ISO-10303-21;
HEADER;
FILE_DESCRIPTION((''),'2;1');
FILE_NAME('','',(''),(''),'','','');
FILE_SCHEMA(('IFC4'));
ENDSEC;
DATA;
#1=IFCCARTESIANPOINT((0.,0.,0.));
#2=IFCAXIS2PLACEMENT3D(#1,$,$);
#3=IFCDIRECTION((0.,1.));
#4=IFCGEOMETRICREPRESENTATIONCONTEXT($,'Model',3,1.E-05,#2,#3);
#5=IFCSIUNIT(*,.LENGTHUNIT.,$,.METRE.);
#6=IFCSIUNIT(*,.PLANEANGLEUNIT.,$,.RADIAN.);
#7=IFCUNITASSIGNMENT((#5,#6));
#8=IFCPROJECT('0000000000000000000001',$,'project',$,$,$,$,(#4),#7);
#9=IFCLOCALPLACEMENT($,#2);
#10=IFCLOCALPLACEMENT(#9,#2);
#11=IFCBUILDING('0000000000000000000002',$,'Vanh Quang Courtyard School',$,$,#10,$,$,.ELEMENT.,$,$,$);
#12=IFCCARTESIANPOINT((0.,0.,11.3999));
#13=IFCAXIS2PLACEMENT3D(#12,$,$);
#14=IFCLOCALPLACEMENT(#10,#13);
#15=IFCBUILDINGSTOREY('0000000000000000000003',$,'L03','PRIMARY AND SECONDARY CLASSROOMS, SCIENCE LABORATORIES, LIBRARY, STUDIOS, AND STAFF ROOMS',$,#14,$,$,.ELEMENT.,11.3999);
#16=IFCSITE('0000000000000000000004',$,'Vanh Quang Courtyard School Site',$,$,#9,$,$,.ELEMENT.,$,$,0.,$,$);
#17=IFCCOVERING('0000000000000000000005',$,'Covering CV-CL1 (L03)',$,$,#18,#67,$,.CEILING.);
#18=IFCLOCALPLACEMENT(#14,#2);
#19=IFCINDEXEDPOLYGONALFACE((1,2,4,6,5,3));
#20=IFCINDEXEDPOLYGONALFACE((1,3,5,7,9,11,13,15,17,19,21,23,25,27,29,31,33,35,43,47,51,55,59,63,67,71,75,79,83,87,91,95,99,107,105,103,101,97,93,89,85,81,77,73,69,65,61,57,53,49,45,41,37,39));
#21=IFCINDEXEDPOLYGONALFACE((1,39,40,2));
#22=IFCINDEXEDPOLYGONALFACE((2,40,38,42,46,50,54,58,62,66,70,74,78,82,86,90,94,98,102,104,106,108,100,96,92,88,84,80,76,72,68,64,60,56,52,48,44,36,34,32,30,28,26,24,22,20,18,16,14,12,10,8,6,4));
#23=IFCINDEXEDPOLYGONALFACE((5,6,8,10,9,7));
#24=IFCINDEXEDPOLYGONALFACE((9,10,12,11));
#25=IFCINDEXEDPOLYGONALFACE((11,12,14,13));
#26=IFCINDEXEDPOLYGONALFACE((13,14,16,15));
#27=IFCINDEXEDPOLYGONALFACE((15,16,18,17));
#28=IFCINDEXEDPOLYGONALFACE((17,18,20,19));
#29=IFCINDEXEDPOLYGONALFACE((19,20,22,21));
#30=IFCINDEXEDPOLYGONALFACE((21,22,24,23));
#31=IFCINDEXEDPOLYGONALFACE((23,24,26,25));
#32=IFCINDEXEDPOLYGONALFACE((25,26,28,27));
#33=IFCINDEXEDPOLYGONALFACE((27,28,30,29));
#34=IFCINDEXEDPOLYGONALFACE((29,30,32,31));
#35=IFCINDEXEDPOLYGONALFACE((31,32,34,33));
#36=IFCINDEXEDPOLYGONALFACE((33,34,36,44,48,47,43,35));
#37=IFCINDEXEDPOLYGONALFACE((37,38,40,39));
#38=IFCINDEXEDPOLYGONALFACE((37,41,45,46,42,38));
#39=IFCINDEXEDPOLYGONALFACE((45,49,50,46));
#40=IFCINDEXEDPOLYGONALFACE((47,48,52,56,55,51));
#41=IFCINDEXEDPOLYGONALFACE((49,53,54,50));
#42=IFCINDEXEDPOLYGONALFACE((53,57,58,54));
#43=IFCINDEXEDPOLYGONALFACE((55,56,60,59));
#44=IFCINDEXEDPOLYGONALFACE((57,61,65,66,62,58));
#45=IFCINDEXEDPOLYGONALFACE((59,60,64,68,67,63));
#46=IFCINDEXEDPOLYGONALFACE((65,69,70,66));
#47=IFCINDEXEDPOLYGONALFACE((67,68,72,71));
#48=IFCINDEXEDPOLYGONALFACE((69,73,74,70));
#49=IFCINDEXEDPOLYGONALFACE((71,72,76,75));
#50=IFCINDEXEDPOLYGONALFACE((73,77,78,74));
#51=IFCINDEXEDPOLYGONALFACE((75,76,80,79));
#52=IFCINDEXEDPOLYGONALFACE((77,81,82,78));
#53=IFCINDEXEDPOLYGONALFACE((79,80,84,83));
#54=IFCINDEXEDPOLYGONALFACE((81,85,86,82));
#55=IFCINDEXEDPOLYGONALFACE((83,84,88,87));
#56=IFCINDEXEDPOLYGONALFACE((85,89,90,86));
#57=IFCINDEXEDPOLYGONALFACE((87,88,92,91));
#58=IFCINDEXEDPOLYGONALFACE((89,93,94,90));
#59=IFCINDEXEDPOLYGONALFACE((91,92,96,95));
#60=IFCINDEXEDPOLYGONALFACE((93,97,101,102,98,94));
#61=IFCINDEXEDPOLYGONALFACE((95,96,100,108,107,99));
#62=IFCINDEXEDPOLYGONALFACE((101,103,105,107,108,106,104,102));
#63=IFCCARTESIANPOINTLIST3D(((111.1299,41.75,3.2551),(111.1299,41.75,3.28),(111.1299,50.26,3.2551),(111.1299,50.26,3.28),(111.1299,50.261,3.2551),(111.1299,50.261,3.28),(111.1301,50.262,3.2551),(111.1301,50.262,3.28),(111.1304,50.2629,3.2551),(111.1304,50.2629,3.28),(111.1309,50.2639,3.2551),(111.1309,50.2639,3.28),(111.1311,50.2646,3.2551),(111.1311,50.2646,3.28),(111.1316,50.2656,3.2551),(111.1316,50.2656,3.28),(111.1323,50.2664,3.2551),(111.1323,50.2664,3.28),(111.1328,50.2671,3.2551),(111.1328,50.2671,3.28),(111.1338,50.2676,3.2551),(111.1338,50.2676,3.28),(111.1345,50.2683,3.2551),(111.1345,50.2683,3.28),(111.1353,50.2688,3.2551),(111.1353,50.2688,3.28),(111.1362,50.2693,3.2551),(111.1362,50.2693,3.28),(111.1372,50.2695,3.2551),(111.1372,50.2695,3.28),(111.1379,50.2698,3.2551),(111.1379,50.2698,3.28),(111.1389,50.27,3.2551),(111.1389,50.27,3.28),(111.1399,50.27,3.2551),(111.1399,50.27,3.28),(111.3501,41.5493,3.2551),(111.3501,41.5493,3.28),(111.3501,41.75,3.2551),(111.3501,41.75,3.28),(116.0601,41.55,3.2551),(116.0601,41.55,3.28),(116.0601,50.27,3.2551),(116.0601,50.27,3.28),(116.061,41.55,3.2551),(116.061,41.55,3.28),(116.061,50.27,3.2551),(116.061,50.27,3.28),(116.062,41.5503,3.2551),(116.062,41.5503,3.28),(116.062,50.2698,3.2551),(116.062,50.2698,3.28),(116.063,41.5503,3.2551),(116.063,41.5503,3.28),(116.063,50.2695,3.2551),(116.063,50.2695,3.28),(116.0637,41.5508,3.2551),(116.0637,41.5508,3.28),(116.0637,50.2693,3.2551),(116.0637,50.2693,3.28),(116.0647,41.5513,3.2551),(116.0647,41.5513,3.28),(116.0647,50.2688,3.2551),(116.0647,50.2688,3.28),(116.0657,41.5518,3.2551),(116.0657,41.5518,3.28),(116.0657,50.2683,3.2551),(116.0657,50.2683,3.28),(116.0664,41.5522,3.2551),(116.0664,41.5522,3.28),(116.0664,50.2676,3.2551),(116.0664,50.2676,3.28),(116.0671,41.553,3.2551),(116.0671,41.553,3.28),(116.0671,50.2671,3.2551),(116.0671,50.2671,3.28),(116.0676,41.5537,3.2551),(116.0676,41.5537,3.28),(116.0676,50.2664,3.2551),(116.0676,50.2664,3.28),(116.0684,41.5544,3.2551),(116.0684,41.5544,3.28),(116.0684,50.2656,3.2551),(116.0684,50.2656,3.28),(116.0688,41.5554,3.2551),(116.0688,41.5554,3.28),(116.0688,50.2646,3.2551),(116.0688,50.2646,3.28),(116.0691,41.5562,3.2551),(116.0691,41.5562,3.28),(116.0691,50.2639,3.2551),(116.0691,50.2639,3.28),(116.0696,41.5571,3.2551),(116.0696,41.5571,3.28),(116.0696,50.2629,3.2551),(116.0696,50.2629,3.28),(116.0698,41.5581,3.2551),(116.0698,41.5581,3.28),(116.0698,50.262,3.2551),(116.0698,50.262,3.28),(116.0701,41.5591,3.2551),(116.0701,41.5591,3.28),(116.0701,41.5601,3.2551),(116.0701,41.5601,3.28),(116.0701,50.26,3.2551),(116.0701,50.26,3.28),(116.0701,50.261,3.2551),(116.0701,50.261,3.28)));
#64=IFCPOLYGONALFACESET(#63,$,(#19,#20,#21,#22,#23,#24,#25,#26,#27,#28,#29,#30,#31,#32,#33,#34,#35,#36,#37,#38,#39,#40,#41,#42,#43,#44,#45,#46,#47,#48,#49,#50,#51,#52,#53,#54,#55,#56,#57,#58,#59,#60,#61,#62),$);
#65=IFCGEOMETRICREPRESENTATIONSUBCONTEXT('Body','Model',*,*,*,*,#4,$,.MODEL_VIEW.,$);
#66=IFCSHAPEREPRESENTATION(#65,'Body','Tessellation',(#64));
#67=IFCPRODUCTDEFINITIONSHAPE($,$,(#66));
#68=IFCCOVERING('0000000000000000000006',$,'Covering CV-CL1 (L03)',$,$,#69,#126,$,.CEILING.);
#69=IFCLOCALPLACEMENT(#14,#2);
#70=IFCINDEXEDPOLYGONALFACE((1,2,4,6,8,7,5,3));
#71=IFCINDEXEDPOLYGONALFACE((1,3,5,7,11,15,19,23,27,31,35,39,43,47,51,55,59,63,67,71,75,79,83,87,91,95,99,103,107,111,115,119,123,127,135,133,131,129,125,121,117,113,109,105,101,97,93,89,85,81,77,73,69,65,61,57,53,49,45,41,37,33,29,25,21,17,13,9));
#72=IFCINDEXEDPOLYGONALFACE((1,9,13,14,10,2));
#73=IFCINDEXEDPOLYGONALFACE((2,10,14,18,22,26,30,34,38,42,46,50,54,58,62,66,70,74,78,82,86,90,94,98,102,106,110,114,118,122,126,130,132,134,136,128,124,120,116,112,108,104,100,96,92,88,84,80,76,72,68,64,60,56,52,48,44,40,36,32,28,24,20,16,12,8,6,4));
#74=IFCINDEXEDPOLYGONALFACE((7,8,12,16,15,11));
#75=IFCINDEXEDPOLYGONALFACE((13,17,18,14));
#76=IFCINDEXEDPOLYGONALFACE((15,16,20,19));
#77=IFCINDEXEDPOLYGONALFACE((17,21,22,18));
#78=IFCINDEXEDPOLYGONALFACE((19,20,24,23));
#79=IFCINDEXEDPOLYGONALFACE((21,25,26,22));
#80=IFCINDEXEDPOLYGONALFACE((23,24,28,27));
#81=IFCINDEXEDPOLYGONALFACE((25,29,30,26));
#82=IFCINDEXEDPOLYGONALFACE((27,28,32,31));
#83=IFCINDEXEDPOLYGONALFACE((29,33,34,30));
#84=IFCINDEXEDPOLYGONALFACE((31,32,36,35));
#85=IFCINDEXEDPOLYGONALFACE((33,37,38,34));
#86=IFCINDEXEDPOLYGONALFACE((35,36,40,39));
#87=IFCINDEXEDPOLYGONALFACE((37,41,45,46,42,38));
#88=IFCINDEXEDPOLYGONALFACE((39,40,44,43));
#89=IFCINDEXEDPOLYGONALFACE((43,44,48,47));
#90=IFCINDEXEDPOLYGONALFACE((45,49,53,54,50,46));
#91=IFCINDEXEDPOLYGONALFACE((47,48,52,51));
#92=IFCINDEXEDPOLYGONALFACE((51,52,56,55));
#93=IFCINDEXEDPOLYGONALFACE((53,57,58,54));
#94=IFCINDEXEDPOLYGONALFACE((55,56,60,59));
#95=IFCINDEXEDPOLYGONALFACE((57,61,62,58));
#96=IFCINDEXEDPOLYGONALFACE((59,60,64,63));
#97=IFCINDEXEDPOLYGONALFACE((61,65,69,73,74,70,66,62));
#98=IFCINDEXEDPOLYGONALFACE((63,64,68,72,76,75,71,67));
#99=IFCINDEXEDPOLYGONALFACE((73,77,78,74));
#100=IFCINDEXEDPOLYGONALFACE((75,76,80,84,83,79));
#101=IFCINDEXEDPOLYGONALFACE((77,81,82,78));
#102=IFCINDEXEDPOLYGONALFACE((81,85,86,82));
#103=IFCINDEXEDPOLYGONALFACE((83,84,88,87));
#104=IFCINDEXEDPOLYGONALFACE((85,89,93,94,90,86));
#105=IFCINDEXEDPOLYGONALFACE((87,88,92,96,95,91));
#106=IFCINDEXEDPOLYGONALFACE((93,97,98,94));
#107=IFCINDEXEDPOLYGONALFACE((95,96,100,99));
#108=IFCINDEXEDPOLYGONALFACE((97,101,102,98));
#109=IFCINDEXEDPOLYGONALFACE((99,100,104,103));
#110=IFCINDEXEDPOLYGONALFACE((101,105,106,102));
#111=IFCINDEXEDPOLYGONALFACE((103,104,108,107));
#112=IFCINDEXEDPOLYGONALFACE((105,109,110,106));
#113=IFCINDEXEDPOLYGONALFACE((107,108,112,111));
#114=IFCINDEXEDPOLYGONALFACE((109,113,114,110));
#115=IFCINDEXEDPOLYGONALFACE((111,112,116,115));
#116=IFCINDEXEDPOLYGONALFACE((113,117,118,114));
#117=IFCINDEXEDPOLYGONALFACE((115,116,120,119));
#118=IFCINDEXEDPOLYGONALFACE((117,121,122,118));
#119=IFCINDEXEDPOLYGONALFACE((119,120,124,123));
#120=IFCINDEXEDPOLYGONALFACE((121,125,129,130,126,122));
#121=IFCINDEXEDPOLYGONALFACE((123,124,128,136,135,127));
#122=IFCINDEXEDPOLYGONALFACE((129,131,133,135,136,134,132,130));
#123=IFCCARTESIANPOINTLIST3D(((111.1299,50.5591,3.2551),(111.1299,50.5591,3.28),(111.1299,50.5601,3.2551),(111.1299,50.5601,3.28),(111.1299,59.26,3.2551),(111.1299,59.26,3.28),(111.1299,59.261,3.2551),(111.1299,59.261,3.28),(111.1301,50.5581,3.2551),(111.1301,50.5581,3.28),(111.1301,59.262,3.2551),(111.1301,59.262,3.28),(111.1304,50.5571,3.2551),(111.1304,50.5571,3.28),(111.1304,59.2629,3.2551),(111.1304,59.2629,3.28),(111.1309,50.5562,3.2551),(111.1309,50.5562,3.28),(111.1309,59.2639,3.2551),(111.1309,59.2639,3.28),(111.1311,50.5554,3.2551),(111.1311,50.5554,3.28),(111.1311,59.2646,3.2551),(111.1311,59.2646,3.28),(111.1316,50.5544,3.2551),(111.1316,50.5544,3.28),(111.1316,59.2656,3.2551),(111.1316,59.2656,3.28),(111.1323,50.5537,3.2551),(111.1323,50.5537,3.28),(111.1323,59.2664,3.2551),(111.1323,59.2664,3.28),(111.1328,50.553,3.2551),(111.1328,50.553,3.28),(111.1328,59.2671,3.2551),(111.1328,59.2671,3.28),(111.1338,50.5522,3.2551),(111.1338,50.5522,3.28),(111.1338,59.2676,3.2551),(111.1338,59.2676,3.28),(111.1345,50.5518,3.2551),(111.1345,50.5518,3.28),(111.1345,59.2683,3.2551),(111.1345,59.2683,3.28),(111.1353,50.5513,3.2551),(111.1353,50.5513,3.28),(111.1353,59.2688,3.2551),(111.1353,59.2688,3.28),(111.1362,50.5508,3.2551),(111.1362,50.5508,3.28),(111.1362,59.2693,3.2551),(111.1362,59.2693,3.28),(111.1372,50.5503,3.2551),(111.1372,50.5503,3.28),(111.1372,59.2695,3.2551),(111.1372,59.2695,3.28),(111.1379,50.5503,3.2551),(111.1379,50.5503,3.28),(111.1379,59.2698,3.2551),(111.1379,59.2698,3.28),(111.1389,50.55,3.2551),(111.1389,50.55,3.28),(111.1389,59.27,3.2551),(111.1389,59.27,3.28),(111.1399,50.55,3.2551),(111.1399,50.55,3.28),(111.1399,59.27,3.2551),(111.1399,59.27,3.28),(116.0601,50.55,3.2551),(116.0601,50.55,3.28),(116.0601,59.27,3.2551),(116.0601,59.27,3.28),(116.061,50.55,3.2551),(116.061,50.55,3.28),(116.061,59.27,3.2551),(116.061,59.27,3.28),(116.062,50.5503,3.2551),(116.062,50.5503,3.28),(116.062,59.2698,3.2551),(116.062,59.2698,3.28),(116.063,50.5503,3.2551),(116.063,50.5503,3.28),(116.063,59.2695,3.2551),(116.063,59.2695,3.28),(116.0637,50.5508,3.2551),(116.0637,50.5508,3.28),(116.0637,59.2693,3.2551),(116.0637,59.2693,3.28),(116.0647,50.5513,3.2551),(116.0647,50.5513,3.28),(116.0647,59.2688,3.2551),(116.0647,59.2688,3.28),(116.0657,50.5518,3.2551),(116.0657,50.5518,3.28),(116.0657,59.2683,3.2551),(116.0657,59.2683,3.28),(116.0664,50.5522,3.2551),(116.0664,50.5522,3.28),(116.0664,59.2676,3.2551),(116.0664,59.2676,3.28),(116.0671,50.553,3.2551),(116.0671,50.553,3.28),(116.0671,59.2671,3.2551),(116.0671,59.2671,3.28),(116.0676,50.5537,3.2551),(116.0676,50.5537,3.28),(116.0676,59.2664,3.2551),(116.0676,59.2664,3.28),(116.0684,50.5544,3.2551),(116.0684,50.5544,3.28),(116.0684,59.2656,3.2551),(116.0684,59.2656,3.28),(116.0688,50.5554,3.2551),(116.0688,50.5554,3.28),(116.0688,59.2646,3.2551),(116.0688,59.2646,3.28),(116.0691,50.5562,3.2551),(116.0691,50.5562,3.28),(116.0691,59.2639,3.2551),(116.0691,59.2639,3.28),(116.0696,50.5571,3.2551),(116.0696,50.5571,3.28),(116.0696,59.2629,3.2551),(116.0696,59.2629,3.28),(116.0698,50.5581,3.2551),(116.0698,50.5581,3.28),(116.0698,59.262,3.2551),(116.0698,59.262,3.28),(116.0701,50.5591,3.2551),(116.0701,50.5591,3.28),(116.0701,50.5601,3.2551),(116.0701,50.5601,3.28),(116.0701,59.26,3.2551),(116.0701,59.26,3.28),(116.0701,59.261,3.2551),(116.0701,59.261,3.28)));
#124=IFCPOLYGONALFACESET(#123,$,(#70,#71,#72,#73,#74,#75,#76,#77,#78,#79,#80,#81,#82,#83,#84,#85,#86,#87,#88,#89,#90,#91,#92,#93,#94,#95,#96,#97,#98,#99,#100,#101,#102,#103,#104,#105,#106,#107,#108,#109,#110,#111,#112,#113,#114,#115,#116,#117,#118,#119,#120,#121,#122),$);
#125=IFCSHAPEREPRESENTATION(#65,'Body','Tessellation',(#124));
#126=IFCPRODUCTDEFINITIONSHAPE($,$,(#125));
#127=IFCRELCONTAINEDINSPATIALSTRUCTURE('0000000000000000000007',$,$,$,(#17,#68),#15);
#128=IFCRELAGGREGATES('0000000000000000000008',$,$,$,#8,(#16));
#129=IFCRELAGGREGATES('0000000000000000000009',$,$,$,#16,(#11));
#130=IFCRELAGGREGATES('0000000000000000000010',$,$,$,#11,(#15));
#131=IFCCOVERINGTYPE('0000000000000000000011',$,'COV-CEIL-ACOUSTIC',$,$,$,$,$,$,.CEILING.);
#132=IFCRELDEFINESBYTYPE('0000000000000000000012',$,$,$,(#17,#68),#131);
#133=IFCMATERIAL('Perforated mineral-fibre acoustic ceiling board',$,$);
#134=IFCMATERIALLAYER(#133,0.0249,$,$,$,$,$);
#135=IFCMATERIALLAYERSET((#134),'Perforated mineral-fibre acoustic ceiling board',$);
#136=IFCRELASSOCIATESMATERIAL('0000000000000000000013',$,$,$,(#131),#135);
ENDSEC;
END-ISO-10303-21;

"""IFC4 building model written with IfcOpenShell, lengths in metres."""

from ifc_helpers import new_model, si_unit, direction, frame, origin, place, context, subcontext, project, spatial, polyline, outline, extrude, material, layer, layer_set, type_object, element, save


model = new_model("IFC4")

# Units and contexts
model_context = context("Model", 3, precision=1e-05, world=origin(), true_north=direction((0.0, 1.0)))
body_context = subcontext(model_context, "Body", "Model", "MODEL_VIEW")
ifc_project = project(units=[si_unit("LENGTHUNIT", "METRE"), si_unit("PLANEANGLEUNIT", "RADIAN")], contexts=[model_context])

# Site, building, storey
site_placement = place(None, origin())
site = spatial("IfcSite", under=ifc_project, at=site_placement, Name="Vanh Quang Courtyard School Site", CompositionType="ELEMENT", RefElevation=0.0)
building_placement = place(site_placement, origin())
building = spatial("IfcBuilding", under=site, at=building_placement, Name="Vanh Quang Courtyard School", CompositionType="ELEMENT")
storey_placement = place(building_placement, frame((0.0, 0.0, 11.3999)))
storey = spatial("IfcBuildingStorey", under=building, at=storey_placement, Name="L03", Description="PRIMARY AND SECONDARY CLASSROOMS, SCIENCE LABORATORIES, LIBRARY, STUDIOS, AND STAFF ROOMS", CompositionType="ELEMENT", Elevation=11.3999)

# Coverings
ifc_material_1 = material(Name="Perforated mineral-fibre acoustic ceiling board")
ifc_layer_1 = layer(ifc_material_1, 0.0249)
ifc_layer_set_1 = layer_set([ifc_layer_1], Name="Perforated mineral-fibre acoustic ceiling board")
covering_type_1 = type_object("IfcCoveringType", Name="COV-CEIL-ACOUSTIC", PredefinedType="CEILING", material=ifc_layer_set_1)
covering_1_placement = place(storey_placement, frame((0.0, 0.0, 3.2551)))
element("IfcCovering", 1, at=covering_1_placement, inside=storey, type_object=covering_type_1, Name="Covering CV-CL1 (L03)", PredefinedType="CEILING", context=body_context, shape_type="SweptSolid", body=[
    extrude(outline(polyline([(111.3501, 41.5493), (111.3501, 41.75), (111.1299, 41.75), (111.1299, 50.26), (111.1299, 50.261), (111.1301, 50.262), (111.1304, 50.2629), (111.1309, 50.2639), (111.1311, 50.2646), (111.1316, 50.2656), (111.1323, 50.2664), (111.1328, 50.2671), (111.1338, 50.2676), (111.1345, 50.2683), (111.1353, 50.2688), (111.1362, 50.2693), (111.1372, 50.2695), (111.1379, 50.2698), (111.1389, 50.27), (111.1399, 50.27), (116.0601, 50.27), (116.061, 50.27), (116.062, 50.2698), (116.063, 50.2695), (116.0637, 50.2693), (116.0647, 50.2688), (116.0657, 50.2683), (116.0664, 50.2676), (116.0671, 50.2671), (116.0676, 50.2664), (116.0684, 50.2656), (116.0688, 50.2646), (116.0691, 50.2639), (116.0696, 50.2629), (116.0698, 50.262), (116.0701, 50.261), (116.0701, 50.26), (116.0701, 41.5601), (116.0701, 41.5591), (116.0698, 41.5581), (116.0696, 41.5571), (116.0691, 41.5562), (116.0688, 41.5554), (116.0684, 41.5544), (116.0676, 41.5537), (116.0671, 41.553), (116.0664, 41.5522), (116.0657, 41.5518), (116.0647, 41.5513), (116.0637, 41.5508), (116.063, 41.5503), (116.062, 41.5503), (116.061, 41.55), (116.0601, 41.55), (111.3501, 41.5493)])), origin(), (0.0, 0.0, 1.0), 0.0249),
])
covering_2_placement = place(storey_placement, frame((0.0, 0.0, 3.2551)))
element("IfcCovering", 2, at=covering_2_placement, inside=storey, type_object=covering_type_1, Name="Covering CV-CL1 (L03)", PredefinedType="CEILING", context=body_context, shape_type="SweptSolid", body=[
    extrude(outline(polyline([(111.1399, 50.55), (111.1389, 50.55), (111.1379, 50.5503), (111.1372, 50.5503), (111.1362, 50.5508), (111.1353, 50.5513), (111.1345, 50.5518), (111.1338, 50.5522), (111.1328, 50.553), (111.1323, 50.5537), (111.1316, 50.5544), (111.1311, 50.5554), (111.1309, 50.5562), (111.1304, 50.5571), (111.1301, 50.5581), (111.1299, 50.5591), (111.1299, 50.5601), (111.1299, 59.26), (111.1299, 59.261), (111.1301, 59.262), (111.1304, 59.2629), (111.1309, 59.2639), (111.1311, 59.2646), (111.1316, 59.2656), (111.1323, 59.2664), (111.1328, 59.2671), (111.1338, 59.2676), (111.1345, 59.2683), (111.1353, 59.2688), (111.1362, 59.2693), (111.1372, 59.2695), (111.1379, 59.2698), (111.1389, 59.27), (111.1399, 59.27), (116.0601, 59.27), (116.061, 59.27), (116.062, 59.2698), (116.063, 59.2695), (116.0637, 59.2693), (116.0647, 59.2688), (116.0657, 59.2683), (116.0664, 59.2676), (116.0671, 59.2671), (116.0676, 59.2664), (116.0684, 59.2656), (116.0688, 59.2646), (116.0691, 59.2639), (116.0696, 59.2629), (116.0698, 59.262), (116.0701, 59.261), (116.0701, 59.26), (116.0701, 50.5601), (116.0701, 50.5591), (116.0698, 50.5581), (116.0696, 50.5571), (116.0691, 50.5562), (116.0688, 50.5554), (116.0684, 50.5544), (116.0676, 50.5537), (116.0671, 50.553), (116.0664, 50.5522), (116.0657, 50.5518), (116.0647, 50.5513), (116.0637, 50.5508), (116.063, 50.5503), (116.062, 50.5503), (116.061, 50.55), (116.0601, 50.55), (111.1399, 50.55)])), origin(), (0.0, 0.0, 1.0), 0.0249),
])

save(model, "model.ifc")
